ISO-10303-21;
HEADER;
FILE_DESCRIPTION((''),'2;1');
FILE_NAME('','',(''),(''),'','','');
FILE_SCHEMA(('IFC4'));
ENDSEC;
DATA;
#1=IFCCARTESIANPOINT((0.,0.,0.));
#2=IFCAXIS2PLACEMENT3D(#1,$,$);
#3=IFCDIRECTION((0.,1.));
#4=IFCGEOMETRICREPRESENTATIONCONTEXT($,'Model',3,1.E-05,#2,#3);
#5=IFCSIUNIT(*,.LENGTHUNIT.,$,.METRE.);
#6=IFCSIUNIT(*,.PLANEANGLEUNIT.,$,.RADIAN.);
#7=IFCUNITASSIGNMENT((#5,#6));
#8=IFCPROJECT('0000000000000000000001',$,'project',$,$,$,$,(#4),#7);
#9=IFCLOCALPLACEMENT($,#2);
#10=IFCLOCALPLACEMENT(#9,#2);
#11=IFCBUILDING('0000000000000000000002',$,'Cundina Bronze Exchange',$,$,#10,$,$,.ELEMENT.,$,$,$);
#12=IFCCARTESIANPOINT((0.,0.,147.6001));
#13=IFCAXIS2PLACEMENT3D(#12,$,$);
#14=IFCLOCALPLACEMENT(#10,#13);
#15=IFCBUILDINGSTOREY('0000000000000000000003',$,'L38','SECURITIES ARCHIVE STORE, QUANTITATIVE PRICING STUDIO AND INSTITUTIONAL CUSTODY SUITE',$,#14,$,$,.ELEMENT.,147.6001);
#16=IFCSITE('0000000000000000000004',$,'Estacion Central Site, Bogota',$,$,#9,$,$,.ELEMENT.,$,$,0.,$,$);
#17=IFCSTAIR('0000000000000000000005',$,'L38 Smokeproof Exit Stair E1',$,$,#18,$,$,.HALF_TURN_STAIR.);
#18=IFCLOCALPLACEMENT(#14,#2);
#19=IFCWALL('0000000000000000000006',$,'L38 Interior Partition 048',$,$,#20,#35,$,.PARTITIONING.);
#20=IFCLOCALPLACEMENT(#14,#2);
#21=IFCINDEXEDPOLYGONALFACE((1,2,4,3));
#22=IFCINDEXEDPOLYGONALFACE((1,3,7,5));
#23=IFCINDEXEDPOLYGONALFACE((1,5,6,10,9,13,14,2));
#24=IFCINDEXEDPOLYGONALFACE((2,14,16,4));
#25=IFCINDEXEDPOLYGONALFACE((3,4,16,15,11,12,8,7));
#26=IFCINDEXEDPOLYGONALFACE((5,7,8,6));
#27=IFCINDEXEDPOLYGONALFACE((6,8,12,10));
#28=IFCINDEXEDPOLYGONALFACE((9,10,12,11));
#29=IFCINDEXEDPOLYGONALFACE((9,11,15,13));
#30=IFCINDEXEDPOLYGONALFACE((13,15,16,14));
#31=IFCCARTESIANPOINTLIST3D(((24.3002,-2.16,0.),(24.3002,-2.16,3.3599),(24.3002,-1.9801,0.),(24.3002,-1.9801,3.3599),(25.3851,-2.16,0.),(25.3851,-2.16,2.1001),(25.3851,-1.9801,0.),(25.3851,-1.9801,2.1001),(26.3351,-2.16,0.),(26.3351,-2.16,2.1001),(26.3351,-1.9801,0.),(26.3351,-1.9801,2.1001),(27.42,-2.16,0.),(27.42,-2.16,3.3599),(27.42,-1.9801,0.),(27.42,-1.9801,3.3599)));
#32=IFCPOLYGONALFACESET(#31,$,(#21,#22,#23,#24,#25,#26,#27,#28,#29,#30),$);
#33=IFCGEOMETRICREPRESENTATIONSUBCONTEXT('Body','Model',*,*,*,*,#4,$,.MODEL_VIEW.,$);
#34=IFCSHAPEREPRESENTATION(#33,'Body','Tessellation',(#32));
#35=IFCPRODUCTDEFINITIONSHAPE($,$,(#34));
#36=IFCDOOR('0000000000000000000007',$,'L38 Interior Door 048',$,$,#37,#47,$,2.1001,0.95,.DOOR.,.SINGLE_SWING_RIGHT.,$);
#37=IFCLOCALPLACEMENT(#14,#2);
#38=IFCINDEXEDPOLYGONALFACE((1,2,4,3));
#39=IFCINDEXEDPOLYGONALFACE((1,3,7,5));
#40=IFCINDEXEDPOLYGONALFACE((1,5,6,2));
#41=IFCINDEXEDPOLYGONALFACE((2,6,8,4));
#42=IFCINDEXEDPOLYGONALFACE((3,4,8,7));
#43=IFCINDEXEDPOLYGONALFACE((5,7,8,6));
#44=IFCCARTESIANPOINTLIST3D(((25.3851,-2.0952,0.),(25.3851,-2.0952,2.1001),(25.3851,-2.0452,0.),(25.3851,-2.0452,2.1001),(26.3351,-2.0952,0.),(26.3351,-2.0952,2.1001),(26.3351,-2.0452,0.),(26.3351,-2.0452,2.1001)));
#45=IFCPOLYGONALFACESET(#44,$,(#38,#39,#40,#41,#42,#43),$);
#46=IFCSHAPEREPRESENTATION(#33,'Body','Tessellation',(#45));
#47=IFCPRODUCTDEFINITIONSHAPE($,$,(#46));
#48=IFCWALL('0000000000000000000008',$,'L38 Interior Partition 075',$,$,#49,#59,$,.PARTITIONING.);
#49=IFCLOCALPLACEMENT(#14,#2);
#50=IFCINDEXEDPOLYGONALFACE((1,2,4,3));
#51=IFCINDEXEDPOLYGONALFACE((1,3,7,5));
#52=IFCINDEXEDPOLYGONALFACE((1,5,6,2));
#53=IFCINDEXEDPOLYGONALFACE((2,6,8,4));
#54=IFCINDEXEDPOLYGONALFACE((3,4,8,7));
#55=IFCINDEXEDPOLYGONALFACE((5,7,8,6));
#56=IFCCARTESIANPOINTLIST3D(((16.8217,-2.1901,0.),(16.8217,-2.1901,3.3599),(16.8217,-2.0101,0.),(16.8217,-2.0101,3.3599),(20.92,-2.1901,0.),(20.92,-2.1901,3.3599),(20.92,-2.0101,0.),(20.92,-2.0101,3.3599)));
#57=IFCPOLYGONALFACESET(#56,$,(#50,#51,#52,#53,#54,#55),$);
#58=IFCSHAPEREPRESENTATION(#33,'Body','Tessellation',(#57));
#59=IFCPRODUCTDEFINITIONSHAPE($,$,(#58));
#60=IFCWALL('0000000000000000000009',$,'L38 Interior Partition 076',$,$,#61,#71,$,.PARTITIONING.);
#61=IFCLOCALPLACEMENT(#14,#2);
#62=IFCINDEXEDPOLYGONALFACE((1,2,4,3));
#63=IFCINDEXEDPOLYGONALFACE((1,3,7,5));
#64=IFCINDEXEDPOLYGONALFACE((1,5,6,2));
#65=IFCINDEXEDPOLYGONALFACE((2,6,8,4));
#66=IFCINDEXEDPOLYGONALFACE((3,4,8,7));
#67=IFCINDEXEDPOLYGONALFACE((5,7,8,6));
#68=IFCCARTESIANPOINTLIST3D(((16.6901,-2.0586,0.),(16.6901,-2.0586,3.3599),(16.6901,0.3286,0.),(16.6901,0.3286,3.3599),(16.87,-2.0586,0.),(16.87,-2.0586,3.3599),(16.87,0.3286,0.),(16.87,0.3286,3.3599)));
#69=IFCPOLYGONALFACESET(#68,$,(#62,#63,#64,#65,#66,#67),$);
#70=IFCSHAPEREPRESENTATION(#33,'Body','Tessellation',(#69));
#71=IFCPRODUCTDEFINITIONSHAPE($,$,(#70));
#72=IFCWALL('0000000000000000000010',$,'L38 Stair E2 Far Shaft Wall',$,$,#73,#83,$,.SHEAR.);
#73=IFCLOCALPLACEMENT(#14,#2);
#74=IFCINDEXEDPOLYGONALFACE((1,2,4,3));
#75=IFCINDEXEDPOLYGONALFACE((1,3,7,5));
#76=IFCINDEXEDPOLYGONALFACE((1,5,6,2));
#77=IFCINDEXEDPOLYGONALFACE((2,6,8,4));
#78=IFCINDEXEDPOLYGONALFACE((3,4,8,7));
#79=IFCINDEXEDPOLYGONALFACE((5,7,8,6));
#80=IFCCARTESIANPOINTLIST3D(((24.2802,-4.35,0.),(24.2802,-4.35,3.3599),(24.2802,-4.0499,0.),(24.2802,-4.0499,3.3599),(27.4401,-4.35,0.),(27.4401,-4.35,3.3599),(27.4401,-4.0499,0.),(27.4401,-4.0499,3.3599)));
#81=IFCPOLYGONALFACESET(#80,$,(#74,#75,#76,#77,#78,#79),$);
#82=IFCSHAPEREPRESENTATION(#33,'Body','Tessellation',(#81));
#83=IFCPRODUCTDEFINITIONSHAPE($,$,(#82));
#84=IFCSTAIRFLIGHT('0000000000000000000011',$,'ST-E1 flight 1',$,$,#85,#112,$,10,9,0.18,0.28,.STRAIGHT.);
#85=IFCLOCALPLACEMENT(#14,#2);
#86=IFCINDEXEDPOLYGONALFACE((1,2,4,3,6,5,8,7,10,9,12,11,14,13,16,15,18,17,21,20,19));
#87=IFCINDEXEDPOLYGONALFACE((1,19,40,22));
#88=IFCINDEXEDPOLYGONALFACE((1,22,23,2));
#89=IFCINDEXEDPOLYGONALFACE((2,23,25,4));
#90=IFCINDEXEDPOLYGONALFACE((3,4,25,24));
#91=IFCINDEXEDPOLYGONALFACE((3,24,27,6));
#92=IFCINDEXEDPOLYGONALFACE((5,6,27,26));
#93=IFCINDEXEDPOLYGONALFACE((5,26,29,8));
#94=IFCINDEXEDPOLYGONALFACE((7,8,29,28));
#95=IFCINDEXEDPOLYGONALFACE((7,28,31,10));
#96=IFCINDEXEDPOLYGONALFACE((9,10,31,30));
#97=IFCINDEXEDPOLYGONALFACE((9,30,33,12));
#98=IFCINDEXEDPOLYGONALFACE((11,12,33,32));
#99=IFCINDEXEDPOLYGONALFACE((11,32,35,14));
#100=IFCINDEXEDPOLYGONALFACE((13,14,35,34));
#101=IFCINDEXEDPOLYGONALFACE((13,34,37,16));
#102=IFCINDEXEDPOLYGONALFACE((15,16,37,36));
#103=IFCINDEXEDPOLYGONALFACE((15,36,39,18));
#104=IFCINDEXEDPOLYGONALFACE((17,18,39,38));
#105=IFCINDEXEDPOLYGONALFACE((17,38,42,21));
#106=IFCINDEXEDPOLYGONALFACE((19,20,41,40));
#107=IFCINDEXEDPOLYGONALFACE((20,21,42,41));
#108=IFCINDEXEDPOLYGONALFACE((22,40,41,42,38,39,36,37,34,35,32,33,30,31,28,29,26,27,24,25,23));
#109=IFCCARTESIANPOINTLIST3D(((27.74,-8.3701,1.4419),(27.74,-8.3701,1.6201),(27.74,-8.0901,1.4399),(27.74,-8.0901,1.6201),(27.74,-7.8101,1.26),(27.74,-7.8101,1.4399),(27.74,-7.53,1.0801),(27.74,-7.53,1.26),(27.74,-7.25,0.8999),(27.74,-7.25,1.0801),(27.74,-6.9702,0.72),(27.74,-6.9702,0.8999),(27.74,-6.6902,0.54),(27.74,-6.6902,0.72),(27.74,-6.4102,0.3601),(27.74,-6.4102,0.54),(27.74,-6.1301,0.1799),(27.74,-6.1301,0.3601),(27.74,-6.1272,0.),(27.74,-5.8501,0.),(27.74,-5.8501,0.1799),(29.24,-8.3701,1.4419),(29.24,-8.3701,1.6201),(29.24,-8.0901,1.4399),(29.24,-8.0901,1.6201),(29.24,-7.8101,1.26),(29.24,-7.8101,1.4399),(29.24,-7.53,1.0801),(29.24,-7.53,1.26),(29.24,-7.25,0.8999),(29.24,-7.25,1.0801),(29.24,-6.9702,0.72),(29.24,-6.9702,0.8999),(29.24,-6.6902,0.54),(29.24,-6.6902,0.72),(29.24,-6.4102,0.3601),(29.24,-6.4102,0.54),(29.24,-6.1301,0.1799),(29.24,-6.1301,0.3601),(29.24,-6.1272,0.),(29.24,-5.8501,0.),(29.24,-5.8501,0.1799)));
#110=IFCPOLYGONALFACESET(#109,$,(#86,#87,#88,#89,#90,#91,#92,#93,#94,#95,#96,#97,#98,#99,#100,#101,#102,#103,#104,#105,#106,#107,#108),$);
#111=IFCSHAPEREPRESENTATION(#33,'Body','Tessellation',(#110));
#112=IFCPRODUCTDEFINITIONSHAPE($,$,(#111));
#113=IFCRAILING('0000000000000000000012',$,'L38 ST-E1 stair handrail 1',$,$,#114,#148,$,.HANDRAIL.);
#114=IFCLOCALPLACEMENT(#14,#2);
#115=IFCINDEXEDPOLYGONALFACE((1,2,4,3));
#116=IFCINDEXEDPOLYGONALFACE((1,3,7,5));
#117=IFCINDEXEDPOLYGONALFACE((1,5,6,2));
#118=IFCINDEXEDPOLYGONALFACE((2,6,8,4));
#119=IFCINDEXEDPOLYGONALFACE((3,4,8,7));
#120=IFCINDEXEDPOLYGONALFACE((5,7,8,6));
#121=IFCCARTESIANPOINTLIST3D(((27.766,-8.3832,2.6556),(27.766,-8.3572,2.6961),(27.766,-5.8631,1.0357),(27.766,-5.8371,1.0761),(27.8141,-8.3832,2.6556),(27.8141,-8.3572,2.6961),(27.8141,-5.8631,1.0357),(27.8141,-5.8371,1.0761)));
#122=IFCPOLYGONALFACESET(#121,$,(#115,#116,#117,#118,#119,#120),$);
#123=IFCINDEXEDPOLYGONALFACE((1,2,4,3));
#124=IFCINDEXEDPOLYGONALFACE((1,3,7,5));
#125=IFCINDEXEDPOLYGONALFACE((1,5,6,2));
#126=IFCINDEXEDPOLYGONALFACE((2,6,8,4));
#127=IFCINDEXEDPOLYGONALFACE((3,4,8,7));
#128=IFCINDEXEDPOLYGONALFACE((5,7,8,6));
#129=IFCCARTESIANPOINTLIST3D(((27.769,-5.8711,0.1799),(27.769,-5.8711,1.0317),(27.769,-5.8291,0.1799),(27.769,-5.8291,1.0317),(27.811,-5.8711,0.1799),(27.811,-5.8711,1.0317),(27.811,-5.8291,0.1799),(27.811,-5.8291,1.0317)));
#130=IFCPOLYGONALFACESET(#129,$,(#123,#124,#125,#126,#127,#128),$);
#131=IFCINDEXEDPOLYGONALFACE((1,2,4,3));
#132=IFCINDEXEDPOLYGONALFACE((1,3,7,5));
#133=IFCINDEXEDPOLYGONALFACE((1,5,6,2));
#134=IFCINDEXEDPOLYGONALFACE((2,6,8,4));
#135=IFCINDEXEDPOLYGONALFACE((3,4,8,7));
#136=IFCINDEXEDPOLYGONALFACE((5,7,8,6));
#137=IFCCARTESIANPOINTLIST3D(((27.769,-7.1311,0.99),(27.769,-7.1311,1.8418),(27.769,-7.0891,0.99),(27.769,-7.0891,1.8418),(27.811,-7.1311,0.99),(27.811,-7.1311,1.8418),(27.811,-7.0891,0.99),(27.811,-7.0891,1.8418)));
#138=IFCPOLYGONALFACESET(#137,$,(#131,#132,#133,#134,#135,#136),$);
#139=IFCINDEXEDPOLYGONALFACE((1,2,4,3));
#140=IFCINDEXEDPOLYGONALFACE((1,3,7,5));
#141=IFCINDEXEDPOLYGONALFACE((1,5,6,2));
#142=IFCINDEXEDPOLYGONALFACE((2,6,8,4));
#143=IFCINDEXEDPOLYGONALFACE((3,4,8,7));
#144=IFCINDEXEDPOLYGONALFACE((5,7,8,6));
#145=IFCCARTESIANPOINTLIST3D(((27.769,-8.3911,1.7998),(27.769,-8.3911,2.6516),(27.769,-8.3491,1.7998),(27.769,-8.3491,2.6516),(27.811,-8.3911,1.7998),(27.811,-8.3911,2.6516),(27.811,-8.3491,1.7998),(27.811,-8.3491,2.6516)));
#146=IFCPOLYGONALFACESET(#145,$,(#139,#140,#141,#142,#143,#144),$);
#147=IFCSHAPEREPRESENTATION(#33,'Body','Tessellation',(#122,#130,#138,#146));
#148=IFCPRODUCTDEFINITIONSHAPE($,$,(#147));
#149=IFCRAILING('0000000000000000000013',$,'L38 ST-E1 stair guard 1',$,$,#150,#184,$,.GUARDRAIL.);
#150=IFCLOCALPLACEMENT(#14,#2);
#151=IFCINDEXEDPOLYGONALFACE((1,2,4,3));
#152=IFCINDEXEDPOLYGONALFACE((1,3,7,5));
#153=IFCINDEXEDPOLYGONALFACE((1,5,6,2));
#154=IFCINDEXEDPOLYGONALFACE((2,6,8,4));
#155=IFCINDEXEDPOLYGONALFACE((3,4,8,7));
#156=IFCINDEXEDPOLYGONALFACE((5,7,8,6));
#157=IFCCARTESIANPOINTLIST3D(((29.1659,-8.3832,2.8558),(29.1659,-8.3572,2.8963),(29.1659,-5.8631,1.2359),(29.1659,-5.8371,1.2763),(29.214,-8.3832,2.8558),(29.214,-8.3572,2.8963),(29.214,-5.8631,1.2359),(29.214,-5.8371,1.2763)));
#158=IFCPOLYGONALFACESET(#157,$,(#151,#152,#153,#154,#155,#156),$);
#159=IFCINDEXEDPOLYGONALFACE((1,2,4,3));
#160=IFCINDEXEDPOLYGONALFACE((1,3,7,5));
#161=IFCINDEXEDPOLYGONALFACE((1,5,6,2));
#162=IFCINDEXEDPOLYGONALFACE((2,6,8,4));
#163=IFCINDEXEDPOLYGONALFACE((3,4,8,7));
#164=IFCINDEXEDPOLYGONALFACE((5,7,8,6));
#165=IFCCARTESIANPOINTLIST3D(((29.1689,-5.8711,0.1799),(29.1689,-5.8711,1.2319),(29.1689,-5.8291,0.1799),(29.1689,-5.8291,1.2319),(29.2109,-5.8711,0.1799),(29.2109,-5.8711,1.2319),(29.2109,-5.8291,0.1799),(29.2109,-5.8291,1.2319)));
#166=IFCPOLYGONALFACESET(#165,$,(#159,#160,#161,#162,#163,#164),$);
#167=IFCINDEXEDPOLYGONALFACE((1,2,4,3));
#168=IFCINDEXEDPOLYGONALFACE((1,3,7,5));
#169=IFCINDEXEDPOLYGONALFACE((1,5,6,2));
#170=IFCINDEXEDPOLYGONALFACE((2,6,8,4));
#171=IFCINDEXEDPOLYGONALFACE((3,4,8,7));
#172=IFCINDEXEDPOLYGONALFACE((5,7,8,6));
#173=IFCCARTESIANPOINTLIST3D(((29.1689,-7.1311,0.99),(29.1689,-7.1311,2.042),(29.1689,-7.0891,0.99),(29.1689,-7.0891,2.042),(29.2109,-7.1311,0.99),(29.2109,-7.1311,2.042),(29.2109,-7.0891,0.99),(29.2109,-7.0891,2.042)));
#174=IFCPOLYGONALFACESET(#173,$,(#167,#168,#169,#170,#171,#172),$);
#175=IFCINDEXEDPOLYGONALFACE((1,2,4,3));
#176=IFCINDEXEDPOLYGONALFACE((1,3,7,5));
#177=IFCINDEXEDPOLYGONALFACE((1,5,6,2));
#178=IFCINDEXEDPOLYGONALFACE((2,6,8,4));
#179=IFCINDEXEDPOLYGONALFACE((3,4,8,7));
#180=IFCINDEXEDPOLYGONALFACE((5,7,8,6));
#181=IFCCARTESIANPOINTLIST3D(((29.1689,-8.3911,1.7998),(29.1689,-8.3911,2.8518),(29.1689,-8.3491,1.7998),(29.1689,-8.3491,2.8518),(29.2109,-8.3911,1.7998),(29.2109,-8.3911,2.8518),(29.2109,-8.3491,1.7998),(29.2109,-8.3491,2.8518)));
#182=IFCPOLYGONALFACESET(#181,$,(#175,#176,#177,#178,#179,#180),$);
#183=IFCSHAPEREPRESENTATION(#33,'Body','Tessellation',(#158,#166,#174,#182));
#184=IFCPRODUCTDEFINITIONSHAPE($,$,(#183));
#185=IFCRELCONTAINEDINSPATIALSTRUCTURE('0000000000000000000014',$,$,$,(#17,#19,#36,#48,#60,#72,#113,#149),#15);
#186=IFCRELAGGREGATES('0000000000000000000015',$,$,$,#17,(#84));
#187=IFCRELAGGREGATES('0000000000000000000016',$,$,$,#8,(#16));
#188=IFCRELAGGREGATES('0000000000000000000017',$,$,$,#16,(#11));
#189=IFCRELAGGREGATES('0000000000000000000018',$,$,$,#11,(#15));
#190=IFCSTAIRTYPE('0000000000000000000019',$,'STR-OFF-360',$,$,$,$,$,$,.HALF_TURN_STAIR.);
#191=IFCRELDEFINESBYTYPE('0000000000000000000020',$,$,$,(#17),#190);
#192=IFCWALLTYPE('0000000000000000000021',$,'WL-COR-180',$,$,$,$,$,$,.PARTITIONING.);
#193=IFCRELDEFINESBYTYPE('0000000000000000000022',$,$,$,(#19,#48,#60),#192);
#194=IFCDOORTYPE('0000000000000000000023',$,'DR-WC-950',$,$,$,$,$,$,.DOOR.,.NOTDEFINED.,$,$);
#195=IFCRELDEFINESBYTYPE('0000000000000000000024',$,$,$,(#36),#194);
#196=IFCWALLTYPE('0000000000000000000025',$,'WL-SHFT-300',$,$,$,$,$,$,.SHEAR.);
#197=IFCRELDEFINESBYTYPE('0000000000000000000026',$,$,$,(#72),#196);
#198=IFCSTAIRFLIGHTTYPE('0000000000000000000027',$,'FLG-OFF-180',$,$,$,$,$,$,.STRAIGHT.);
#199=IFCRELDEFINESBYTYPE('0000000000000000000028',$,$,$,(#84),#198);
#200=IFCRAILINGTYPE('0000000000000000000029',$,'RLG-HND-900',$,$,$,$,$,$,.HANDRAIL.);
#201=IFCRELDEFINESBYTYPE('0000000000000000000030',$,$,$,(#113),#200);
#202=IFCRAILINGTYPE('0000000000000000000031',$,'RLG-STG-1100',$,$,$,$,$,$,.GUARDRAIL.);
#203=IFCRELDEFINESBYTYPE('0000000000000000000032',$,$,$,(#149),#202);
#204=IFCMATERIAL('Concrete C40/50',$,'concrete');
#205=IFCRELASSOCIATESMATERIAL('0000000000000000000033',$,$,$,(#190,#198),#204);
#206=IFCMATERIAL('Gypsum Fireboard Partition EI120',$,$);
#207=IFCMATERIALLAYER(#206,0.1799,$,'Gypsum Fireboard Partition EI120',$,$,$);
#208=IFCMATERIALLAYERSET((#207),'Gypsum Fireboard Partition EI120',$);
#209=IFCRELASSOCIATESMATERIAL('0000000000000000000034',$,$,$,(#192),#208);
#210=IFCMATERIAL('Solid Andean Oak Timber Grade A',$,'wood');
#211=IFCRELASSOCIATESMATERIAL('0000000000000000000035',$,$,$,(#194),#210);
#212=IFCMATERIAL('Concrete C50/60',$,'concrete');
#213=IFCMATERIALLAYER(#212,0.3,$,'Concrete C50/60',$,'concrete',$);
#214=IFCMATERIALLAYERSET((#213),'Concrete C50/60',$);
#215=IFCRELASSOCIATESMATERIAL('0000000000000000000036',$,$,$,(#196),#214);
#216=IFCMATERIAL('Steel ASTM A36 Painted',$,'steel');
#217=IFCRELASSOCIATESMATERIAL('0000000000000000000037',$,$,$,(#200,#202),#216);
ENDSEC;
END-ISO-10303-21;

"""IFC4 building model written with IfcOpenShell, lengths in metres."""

from ifc_helpers import new_model, si_unit, direction, frame, frame_2d, origin, origin_2d, place, context, subcontext, project, spatial, polyline, rectangle, outline, extrude, material, layer, layer_set, type_object, element, fill, aggregate, save


model = new_model("IFC4")

# Units and contexts
model_context = context("Model", 3, precision=1e-05, world=origin(), true_north=direction((0.0, 1.0)))
body_context = subcontext(model_context, "Body", "Model", "MODEL_VIEW")
ifc_project = project(units=[si_unit("LENGTHUNIT", "METRE"), si_unit("PLANEANGLEUNIT", "RADIAN")], contexts=[model_context])

# Site, building, storey
site_placement = place(None, origin())
site = spatial("IfcSite", under=ifc_project, at=site_placement, Name="Estacion Central Site, Bogota", CompositionType="ELEMENT", RefElevation=0.0)
building_placement = place(site_placement, origin())
building = spatial("IfcBuilding", under=site, at=building_placement, Name="Cundina Bronze Exchange", CompositionType="ELEMENT")
storey_placement = place(building_placement, frame((0.0, 0.0, 147.6001)))
storey = spatial("IfcBuildingStorey", under=building, at=storey_placement, Name="L38", Description="SECURITIES ARCHIVE STORE, QUANTITATIVE PRICING STUDIO AND INSTITUTIONAL CUSTODY SUITE", CompositionType="ELEMENT", Elevation=147.6001)

# Shared definitions
ifc_material_1 = material(Name="Concrete C50/60", Category="concrete")

# Stair
ifc_material_2 = material(Name="Concrete C40/50", Category="concrete")
stair_type = type_object("IfcStairType", Name="STR-OFF-360", PredefinedType="HALF_TURN_STAIR", material=ifc_material_2)
stair_1_placement = place(storey_placement, origin())
stair_1 = element("IfcStair", 1, at=stair_1_placement, inside=storey, type_object=stair_type, Name="L38 Smokeproof Exit Stair E1", PredefinedType="HALF_TURN_STAIR")

# Wall, opening, door
ifc_material_3 = material(Name="Gypsum Fireboard Partition EI120")
ifc_layer_1 = layer(ifc_material_3, 0.1799, Name="Gypsum Fireboard Partition EI120")
ifc_layer_set_1 = layer_set([ifc_layer_1], Name="Gypsum Fireboard Partition EI120")
wall_type_1 = type_object("IfcWallType", Name="WL-COR-180", PredefinedType="PARTITIONING", material=ifc_layer_set_1)
ifc_material_4 = material(Name="Steel ASTM A36 Painted", Category="steel")
wall_1_placement = place(storey_placement, frame((24.3, -2.0701, 0.0), z_axis=(0.0, 0.0, 1.0), x_axis=(1.0, 0.0, 0.0)))
wall_1 = element("IfcWall", 2, at=wall_1_placement, inside=storey, type_object=wall_type_1, Name="L38 Interior Partition 048", PredefinedType="PARTITIONING", context=body_context, shape_type="SweptSolid", body=[
    extrude(rectangle(XDim=3.1199, YDim=0.1799, at=frame_2d((1.5601, 0.0))), origin(), (0.0, 0.0, 1.0), 3.3599),
])
opening_1_placement = place(wall_1_placement, frame((1.085, 0.0, 0.0)))
opening_1 = element("IfcOpeningElement", 3, at=opening_1_placement, cuts=wall_1, PredefinedType="OPENING", context=body_context, shape_type="SweptSolid", body=[
    extrude(rectangle(XDim=0.95, YDim=2.1001, at=frame_2d((0.4751, 1.05))), frame((0.0, 0.0999, 0.0), z_axis=(0.0, -1.0, 0.0), x_axis=(1.0, 0.0, 0.0)), (0.0, 0.0, 1.0), 0.2),
])
ifc_material_5 = material(Name="Solid Andean Oak Timber Grade A", Category="wood")
door_type_1 = type_object("IfcDoorType", Name="DR-WC-950", OperationType="NOTDEFINED", PredefinedType="DOOR", material=ifc_material_5)
door_1_placement = place(opening_1_placement, origin())
door_1 = element("IfcDoor", 4, at=door_1_placement, inside=storey, type_object=door_type_1, Name="L38 Interior Door 048", OperationType="SINGLE_SWING_RIGHT", OverallHeight=2.1001, OverallWidth=0.95, PredefinedType="DOOR", context=body_context, shape_type="SweptSolid", body=[
    extrude(rectangle(XDim=0.95, YDim=2.1001, at=frame_2d((0.4751, 1.05))), frame((0.0, 0.0249, 0.0), z_axis=(0.0, -1.0, 0.0), x_axis=(1.0, 0.0, 0.0)), (0.0, 0.0, 1.0), 0.05),
])
fill(opening_1, door_1)

# Walls
wall_2_placement = place(storey_placement, frame((16.8215, -2.1001, 0.0), z_axis=(0.0, 0.0, 1.0), x_axis=(1.0, 0.0, 0.0)))
element("IfcWall", 5, at=wall_2_placement, inside=storey, type_object=wall_type_1, Name="L38 Interior Partition 075", PredefinedType="PARTITIONING", context=body_context, shape_type="SweptSolid", body=[
    extrude(rectangle(XDim=4.0984, YDim=0.1799, at=frame_2d((2.0493, 0.0))), origin(), (0.0, 0.0, 1.0), 3.3599),
])
wall_3_placement = place(storey_placement, frame((16.78, 0.3286, 0.0), z_axis=(0.0, 0.0, 1.0), x_axis=(0.0, -1.0, 0.0)))
element("IfcWall", 6, at=wall_3_placement, inside=storey, type_object=wall_type_1, Name="L38 Interior Partition 076", PredefinedType="PARTITIONING", context=body_context, shape_type="SweptSolid", body=[
    extrude(rectangle(XDim=2.3872, YDim=0.1799, at=frame_2d((1.1936, 0.0))), origin(), (0.0, 0.0, 1.0), 3.3599),
])

# Shared definitions
ifc_layer_2 = layer(ifc_material_1, 0.3, Name="Concrete C50/60", Category="concrete")
ifc_layer_set_2 = layer_set([ifc_layer_2], Name="Concrete C50/60")
wall_type_2 = type_object("IfcWallType", Name="WL-SHFT-300", PredefinedType="SHEAR", material=ifc_layer_set_2)

# Wall
wall_4_placement = place(storey_placement, frame((24.28, -4.2, 0.0), z_axis=(0.0, 0.0, 1.0), x_axis=(1.0, 0.0, 0.0)))
element("IfcWall", 7, at=wall_4_placement, inside=storey, type_object=wall_type_2, Name="L38 Stair E2 Far Shaft Wall", PredefinedType="SHEAR", context=body_context, shape_type="SweptSolid", body=[
    extrude(rectangle(XDim=3.1599, YDim=0.3, at=frame_2d((1.5801, 0.0))), origin(), (0.0, 0.0, 1.0), 3.3599),
])

# Stair flight
stair_flight_type = type_object("IfcStairFlightType", Name="FLG-OFF-180", PredefinedType="STRAIGHT", material=ifc_material_2)
stair_flight_placement = place(storey_placement, frame((28.49, -5.8501, 0.0), z_axis=(0.0, 0.0, 1.0), x_axis=(0.0, -1.0, 0.0)))
stair_flight = element("IfcStairFlight", 8, at=stair_flight_placement, type_object=stair_flight_type, Name="ST-E1 flight 1", NumberOfRisers=10, NumberOfTreads=9, PredefinedType="STRAIGHT", RiserHeight=0.18, TreadLength=0.28, context=body_context, shape_type="SweptSolid", body=[
    extrude(outline(polyline([(0.0, 0.0), (0.0, 0.1799), (0.28, 0.1799), (0.28, 0.3601), (0.5601, 0.3601), (0.5601, 0.54), (0.8401, 0.54), (0.8401, 0.72), (1.1201, 0.72), (1.1201, 0.8999), (1.3999, 0.8999), (1.3999, 1.0801), (1.6799, 1.0801), (1.6799, 1.26), (1.96, 1.26), (1.96, 1.4399), (2.24, 1.4399), (2.24, 1.6201), (2.52, 1.6201), (2.52, 1.8), (2.52, 1.4419), (0.2771, 0.0), (0.0, 0.0)])), frame((0.0, 0.75, 0.0), z_axis=(0.0, -1.0, 0.0), x_axis=(1.0, 0.0, 0.0)), (0.0, 0.0, 1.0), 1.5),
])
aggregate(stair_1, [stair_flight])

# Railings
railing_type_1 = type_object("IfcRailingType", Name="RLG-HND-900", PredefinedType="HANDRAIL", material=ifc_material_4)
railing_1_placement = place(storey_placement, frame((27.79, -5.8501, 0.1799)))
element("IfcRailing", 9, at=railing_1_placement, inside=storey, type_object=railing_type_1, Name="L38 ST-E1 stair handrail 1", PredefinedType="HANDRAIL", context=body_context, shape_type="SweptSolid", body=[
    extrude(rectangle(XDim=0.0481, YDim=0.0481, at=origin_2d()), frame((0.0, 0.0, 0.876), z_axis=(0.0, -0.8412, 0.540725), x_axis=(1.0, 0.0, 0.0)), (0.0, 0.0, 1.0), 2.9958),
    extrude(rectangle(XDim=0.042, YDim=0.042, at=origin_2d()), origin(), (0.0, 0.0, 1.0), 0.8518),
    extrude(rectangle(XDim=0.042, YDim=0.042, at=origin_2d()), frame((0.0, -1.26, 0.8101)), (0.0, 0.0, 1.0), 0.8518),
    extrude(rectangle(XDim=0.042, YDim=0.042, at=origin_2d()), frame((0.0, -2.52, 1.6199)), (0.0, 0.0, 1.0), 0.8518),
])
railing_type_2 = type_object("IfcRailingType", Name="RLG-STG-1100", PredefinedType="GUARDRAIL", material=ifc_material_4)
railing_2_placement = place(storey_placement, frame((29.1899, -5.8501, 0.1799)))
element("IfcRailing", 10, at=railing_2_placement, inside=storey, type_object=railing_type_2, Name="L38 ST-E1 stair guard 1", PredefinedType="GUARDRAIL", context=body_context, shape_type="SweptSolid", body=[
    extrude(rectangle(XDim=0.0481, YDim=0.0481, at=origin_2d()), frame((0.0, 0.0, 1.0762), z_axis=(0.0, -0.8412, 0.540725), x_axis=(1.0, 0.0, 0.0)), (0.0, 0.0, 1.0), 2.9958),
    extrude(rectangle(XDim=0.042, YDim=0.042, at=origin_2d()), origin(), (0.0, 0.0, 1.0), 1.052),
    extrude(rectangle(XDim=0.042, YDim=0.042, at=origin_2d()), frame((0.0, -1.26, 0.8101)), (0.0, 0.0, 1.0), 1.052),
    extrude(rectangle(XDim=0.042, YDim=0.042, at=origin_2d()), frame((0.0, -2.52, 1.6199)), (0.0, 0.0, 1.0), 1.052),
])

save(model, "model.ifc")
